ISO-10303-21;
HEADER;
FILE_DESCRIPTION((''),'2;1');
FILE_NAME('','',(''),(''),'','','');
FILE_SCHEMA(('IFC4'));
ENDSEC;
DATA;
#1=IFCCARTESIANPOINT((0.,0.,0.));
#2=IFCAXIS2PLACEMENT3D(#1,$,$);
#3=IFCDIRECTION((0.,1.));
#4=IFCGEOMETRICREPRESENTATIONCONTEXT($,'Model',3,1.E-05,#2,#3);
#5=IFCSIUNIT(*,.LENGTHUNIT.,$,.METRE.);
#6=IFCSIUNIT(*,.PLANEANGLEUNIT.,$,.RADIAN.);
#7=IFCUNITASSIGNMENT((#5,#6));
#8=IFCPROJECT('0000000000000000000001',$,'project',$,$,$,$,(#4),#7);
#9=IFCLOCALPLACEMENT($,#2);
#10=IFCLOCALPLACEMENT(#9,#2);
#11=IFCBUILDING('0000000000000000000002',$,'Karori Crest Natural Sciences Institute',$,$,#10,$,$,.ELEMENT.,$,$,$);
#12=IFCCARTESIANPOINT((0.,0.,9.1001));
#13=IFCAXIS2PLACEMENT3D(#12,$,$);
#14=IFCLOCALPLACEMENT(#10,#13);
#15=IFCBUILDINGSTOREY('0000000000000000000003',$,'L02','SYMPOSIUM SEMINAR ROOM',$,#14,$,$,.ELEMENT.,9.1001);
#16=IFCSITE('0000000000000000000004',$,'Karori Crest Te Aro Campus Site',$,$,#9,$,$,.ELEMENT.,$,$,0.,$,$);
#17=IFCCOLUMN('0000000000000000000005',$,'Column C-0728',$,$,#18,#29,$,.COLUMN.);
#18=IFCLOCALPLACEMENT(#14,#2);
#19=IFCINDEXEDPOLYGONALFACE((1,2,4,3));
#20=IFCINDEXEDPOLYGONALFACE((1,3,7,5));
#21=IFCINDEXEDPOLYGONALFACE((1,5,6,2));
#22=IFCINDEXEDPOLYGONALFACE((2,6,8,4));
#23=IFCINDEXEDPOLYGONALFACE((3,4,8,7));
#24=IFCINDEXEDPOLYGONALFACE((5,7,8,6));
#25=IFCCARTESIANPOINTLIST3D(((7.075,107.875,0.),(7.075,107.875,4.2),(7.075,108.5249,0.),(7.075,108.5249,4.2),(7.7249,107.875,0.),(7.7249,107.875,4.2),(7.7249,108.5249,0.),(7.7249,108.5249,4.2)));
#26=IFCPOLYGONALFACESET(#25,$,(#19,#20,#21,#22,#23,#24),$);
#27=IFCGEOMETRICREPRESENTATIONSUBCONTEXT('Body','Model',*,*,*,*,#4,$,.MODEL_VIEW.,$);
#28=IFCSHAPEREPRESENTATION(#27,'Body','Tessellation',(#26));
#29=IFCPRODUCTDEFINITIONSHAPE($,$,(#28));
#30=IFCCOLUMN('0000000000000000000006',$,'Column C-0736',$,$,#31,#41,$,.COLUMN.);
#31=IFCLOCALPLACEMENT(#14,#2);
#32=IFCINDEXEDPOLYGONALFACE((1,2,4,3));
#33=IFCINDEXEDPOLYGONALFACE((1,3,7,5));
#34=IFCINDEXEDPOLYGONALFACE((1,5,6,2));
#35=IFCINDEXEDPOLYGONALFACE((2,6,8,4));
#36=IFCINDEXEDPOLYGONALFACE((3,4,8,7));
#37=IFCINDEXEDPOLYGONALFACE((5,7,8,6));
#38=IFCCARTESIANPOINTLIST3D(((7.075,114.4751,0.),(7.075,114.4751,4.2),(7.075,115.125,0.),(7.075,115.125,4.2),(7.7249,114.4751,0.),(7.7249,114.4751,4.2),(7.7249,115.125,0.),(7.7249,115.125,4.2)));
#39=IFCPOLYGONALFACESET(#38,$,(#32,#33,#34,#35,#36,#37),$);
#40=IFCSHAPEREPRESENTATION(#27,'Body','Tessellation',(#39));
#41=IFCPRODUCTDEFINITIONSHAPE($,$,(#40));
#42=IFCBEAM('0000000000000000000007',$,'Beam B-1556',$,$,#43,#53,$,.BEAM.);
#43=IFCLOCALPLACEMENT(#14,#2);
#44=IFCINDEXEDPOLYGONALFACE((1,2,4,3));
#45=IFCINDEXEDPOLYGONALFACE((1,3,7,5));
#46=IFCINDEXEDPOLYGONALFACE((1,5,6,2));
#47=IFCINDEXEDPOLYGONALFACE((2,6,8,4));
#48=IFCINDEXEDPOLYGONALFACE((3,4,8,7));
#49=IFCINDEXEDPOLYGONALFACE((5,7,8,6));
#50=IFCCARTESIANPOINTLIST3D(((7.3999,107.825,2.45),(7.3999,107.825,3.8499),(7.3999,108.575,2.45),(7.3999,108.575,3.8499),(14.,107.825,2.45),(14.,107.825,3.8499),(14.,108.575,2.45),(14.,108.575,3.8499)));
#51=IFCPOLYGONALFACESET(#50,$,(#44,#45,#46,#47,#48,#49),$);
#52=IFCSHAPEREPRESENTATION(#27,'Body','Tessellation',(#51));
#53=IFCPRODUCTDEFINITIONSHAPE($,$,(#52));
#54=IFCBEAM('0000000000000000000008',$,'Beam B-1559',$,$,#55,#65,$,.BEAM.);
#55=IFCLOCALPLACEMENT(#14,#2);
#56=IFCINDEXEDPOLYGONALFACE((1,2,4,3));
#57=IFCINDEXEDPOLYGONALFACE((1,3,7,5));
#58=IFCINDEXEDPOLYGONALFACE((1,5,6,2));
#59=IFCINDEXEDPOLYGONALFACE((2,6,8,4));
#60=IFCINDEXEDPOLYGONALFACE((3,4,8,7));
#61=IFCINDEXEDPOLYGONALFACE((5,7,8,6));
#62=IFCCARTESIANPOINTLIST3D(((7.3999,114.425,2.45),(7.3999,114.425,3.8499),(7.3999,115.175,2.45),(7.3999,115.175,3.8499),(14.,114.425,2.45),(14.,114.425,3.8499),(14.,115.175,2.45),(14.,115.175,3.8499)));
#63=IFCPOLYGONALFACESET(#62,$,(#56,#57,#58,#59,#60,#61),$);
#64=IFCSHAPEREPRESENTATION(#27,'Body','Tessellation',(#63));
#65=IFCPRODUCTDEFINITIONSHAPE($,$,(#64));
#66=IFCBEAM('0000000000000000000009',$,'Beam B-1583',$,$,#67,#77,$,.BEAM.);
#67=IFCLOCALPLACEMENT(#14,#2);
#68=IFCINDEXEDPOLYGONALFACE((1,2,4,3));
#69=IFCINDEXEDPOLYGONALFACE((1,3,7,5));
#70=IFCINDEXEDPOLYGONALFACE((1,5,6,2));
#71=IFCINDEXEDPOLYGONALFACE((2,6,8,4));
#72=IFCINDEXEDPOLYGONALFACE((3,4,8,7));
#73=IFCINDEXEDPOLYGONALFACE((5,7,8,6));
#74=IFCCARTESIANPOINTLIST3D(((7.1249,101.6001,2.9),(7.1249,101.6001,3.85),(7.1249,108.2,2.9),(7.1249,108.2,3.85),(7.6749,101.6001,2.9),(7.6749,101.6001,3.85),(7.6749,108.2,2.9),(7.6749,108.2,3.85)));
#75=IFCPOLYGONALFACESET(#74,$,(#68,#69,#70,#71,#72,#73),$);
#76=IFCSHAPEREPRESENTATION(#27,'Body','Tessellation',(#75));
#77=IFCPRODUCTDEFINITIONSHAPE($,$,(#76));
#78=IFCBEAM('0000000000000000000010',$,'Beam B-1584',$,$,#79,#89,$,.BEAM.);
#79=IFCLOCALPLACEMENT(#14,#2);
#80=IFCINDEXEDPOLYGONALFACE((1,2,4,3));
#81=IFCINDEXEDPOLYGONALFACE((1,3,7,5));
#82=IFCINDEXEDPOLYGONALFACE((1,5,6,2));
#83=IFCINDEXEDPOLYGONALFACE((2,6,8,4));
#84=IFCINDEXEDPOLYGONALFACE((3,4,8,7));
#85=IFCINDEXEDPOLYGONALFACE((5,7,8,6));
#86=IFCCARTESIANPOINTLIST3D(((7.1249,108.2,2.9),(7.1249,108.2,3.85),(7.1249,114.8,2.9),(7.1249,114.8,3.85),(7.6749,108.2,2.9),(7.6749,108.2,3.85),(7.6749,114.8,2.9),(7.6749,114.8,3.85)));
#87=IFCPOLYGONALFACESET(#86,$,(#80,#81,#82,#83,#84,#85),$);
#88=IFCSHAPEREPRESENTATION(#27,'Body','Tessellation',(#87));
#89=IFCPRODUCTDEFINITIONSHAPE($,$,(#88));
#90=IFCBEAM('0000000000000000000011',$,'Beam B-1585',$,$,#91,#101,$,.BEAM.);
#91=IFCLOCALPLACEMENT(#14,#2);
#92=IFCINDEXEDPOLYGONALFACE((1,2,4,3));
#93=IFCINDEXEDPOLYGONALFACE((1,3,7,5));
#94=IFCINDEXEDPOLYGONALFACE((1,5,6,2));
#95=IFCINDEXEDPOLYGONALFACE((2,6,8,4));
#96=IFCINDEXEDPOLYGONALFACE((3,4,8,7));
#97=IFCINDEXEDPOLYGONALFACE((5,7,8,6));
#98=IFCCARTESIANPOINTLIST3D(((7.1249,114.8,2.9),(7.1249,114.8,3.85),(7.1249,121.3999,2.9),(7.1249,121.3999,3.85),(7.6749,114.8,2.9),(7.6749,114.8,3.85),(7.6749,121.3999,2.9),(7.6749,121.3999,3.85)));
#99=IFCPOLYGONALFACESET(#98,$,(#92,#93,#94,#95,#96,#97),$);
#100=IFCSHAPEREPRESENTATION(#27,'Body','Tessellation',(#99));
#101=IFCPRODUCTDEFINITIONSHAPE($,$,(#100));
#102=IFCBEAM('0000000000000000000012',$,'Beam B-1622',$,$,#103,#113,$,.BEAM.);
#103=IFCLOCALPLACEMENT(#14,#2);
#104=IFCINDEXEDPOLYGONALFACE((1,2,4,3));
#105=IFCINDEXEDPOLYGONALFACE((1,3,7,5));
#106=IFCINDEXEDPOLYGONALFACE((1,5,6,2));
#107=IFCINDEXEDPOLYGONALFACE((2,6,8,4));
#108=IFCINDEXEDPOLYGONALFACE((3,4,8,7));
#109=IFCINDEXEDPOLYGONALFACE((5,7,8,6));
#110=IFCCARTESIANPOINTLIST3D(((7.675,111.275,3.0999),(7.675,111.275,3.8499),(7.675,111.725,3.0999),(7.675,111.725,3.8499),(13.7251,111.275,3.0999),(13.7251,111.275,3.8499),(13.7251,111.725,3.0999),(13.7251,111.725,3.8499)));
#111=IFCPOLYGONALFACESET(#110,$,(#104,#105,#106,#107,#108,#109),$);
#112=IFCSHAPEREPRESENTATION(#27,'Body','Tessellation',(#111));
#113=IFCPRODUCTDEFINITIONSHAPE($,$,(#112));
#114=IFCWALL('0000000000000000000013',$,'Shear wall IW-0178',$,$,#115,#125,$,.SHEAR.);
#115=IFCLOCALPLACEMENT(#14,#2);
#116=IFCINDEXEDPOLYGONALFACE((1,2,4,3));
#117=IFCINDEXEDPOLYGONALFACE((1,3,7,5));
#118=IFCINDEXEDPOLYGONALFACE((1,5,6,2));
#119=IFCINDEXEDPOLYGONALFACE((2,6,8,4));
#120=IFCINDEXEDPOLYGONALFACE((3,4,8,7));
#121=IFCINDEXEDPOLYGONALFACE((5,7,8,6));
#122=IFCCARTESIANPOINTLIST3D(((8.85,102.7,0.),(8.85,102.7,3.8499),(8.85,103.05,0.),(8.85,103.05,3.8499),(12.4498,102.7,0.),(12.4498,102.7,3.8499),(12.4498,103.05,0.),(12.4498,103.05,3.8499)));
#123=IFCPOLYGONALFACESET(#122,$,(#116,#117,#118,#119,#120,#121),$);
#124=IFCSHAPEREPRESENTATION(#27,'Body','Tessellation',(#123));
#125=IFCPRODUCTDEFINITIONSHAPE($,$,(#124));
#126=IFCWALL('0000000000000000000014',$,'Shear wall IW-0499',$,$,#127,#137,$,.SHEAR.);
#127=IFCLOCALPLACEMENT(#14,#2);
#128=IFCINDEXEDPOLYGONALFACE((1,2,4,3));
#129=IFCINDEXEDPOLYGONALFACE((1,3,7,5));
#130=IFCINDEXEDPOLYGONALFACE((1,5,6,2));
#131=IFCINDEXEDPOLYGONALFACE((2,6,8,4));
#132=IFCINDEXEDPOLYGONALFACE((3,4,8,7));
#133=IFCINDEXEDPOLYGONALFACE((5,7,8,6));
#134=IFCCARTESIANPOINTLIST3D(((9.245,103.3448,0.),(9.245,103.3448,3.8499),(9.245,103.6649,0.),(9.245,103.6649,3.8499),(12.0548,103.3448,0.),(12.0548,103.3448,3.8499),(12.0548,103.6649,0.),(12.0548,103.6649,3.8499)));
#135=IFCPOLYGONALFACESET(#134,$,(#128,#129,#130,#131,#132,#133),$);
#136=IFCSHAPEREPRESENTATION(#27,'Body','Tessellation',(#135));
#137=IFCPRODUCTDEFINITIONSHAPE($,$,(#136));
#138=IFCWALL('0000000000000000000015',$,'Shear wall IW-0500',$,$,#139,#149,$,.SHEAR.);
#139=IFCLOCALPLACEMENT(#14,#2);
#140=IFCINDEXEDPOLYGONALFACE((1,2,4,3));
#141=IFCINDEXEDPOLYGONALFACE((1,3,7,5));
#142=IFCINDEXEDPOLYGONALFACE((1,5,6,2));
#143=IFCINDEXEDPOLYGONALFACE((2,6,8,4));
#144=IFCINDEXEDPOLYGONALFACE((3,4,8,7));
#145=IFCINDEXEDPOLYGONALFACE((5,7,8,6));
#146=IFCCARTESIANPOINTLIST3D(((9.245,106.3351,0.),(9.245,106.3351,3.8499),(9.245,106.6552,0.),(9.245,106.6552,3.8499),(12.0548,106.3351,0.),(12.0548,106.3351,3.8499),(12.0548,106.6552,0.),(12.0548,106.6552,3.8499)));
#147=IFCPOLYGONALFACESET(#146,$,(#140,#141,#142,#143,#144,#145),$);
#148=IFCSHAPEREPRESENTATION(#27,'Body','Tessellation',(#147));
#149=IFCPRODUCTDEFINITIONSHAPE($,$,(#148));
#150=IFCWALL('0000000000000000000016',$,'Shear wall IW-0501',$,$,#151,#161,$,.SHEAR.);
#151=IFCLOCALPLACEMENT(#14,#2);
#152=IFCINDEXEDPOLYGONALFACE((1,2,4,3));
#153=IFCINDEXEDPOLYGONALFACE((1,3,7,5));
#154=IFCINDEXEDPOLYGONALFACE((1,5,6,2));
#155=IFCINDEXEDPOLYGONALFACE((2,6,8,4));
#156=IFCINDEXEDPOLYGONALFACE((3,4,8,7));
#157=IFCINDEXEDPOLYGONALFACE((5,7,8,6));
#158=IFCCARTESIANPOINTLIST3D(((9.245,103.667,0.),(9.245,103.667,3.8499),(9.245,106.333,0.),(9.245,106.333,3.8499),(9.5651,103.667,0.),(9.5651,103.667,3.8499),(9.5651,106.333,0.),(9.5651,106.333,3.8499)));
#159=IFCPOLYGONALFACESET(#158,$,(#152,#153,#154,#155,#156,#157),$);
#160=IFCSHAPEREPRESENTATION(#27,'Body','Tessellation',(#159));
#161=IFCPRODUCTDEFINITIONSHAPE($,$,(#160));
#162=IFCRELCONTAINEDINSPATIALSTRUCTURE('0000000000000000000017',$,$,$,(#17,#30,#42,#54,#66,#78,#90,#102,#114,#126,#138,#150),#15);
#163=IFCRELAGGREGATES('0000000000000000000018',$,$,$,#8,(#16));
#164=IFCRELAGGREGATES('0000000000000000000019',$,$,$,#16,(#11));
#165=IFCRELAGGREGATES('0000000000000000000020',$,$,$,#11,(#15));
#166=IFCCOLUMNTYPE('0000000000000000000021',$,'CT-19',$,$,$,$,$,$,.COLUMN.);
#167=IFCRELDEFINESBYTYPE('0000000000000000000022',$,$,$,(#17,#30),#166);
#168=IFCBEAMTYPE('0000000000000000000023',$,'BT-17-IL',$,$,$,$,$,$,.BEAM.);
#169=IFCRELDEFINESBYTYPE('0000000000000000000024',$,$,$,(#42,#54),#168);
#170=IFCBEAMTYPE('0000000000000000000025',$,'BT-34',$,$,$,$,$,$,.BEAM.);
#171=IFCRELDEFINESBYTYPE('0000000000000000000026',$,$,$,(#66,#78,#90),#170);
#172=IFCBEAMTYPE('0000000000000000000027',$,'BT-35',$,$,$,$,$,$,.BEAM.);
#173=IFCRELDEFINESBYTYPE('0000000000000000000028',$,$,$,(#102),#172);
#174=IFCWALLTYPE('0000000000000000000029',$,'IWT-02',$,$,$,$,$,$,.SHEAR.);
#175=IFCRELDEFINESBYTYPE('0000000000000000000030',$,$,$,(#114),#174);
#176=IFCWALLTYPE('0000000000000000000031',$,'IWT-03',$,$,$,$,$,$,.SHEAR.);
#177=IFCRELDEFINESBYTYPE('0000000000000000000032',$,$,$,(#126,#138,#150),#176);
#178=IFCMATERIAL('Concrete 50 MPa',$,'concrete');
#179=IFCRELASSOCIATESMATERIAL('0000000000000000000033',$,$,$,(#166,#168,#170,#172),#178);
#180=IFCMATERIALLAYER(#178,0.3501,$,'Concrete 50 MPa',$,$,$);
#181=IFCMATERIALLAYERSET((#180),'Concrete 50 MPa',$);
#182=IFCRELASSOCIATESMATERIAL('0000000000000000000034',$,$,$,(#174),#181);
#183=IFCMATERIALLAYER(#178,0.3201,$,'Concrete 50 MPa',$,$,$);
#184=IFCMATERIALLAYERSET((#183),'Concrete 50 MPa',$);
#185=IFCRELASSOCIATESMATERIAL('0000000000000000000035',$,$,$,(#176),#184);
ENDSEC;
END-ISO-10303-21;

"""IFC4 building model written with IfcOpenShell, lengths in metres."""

from ifc_helpers import new_model, si_unit, direction, frame, frame_2d, origin, origin_2d, place, context, subcontext, project, spatial, rectangle, extrude, material, layer, layer_set, material_profile, profile_set, type_object, element, save


model = new_model("IFC4")

# Units and contexts
model_context = context("Model", 3, precision=1e-05, world=origin(), true_north=direction((0.0, 1.0)))
body_context = subcontext(model_context, "Body", "Model", "MODEL_VIEW")
ifc_project = project(units=[si_unit("LENGTHUNIT", "METRE"), si_unit("PLANEANGLEUNIT", "RADIAN")], contexts=[model_context])

# Site, building, storey
site_placement = place(None, origin())
site = spatial("IfcSite", under=ifc_project, at=site_placement, Name="Karori Crest Te Aro Campus Site", CompositionType="ELEMENT", RefElevation=0.0)
building_placement = place(site_placement, origin())
building = spatial("IfcBuilding", under=site, at=building_placement, Name="Karori Crest Natural Sciences Institute", CompositionType="ELEMENT")
storey_placement = place(building_placement, frame((0.0, 0.0, 9.1001)))
storey = spatial("IfcBuildingStorey", under=building, at=storey_placement, Name="L02", Description="SYMPOSIUM SEMINAR ROOM", CompositionType="ELEMENT", Elevation=9.1001)

# Columns
ifc_material_1 = material(Name="Concrete 50 MPa", Category="concrete")
ifc_material_profile_1 = material_profile(ifc_material_1, rectangle(XDim=0.6499, YDim=0.6499, at=origin_2d()), Name="RC650x650")
ifc_profile_set_1 = profile_set([ifc_material_profile_1], Name="Concrete 50 MPa")
column_type = type_object("IfcColumnType", Name="CT-19", PredefinedType="COLUMN", material=ifc_profile_set_1)
for number, where, z_axis, x_axis, name in (
    (1, (7.3999, 108.2, 0.0), (0.0, 0.0, 1.0), (1.0, 0.0, 0.0), "Column C-0728"),
    (2, (7.3999, 114.8, 0.0), (0.0, 0.0, 1.0), (1.0, 0.0, 0.0), "Column C-0736"),
):
    element("IfcColumn", number, at=place(storey_placement, frame(where, z_axis=z_axis, x_axis=x_axis)), inside=storey, type_object=column_type, Name=name, PredefinedType="COLUMN", context=body_context, shape_type="SweptSolid", body=[
        extrude(rectangle(XDim=0.6499, YDim=0.6499, at=origin_2d()), origin(), (0.0, 0.0, 1.0), 4.2),
    ])

# Beams
ifc_material_profile_2 = material_profile(ifc_material_1, rectangle(XDim=0.75, YDim=1.3999, at=origin_2d()), Name="RCB750x1400")
ifc_profile_set_2 = profile_set([ifc_material_profile_2], Name="Concrete 50 MPa")
beam_type_1 = type_object("IfcBeamType", Name="BT-17-IL", PredefinedType="BEAM", material=ifc_profile_set_2)
for number, where, z_axis, x_axis, name in (
    (3, (7.3999, 108.2, 3.1499), (1.0, 0.0, 0.0), (0.0, 1.0, 0.0), "Beam B-1556"),
    (4, (7.3999, 114.8, 3.1499), (1.0, 0.0, 0.0), (0.0, 1.0, 0.0), "Beam B-1559"),
):
    element("IfcBeam", number, at=place(storey_placement, frame(where, z_axis=z_axis, x_axis=x_axis)), inside=storey, type_object=beam_type_1, Name=name, PredefinedType="BEAM", context=body_context, shape_type="SweptSolid", body=[
        extrude(rectangle(XDim=0.75, YDim=1.3999, at=origin_2d()), origin(), (0.0, 0.0, 1.0), 6.6001),
    ])
ifc_material_profile_3 = material_profile(ifc_material_1, rectangle(XDim=0.55, YDim=0.95, at=origin_2d()), Name="RCB550x950")
ifc_profile_set_3 = profile_set([ifc_material_profile_3], Name="Concrete 50 MPa")
beam_type_2 = type_object("IfcBeamType", Name="BT-34", PredefinedType="BEAM", material=ifc_profile_set_3)
beam_1_placement = place(storey_placement, frame((7.3999, 101.6001, 3.375), z_axis=(0.0, 1.0, 0.0), x_axis=(-1.0, 0.0, 0.0)))
element("IfcBeam", 5, at=beam_1_placement, inside=storey, type_object=beam_type_2, Name="Beam B-1583", PredefinedType="BEAM", context=body_context, shape_type="SweptSolid", body=[
    extrude(rectangle(XDim=0.55, YDim=0.95, at=origin_2d()), origin(), (0.0, 0.0, 1.0), 6.5999),
])
beam_2_placement = place(storey_placement, frame((7.3999, 108.2, 3.375), z_axis=(0.0, 1.0, 0.0), x_axis=(-1.0, 0.0, 0.0)))
element("IfcBeam", 6, at=beam_2_placement, inside=storey, type_object=beam_type_2, Name="Beam B-1584", PredefinedType="BEAM", context=body_context, shape_type="SweptSolid", body=[
    extrude(rectangle(XDim=0.55, YDim=0.95, at=origin_2d()), origin(), (0.0, 0.0, 1.0), 6.6001),
])
beam_3_placement = place(storey_placement, frame((7.3999, 114.8, 3.375), z_axis=(0.0, 1.0, 0.0), x_axis=(-1.0, 0.0, 0.0)))
element("IfcBeam", 7, at=beam_3_placement, inside=storey, type_object=beam_type_2, Name="Beam B-1585", PredefinedType="BEAM", context=body_context, shape_type="SweptSolid", body=[
    extrude(rectangle(XDim=0.55, YDim=0.95, at=origin_2d()), origin(), (0.0, 0.0, 1.0), 6.5999),
])
ifc_material_profile_4 = material_profile(ifc_material_1, rectangle(XDim=0.45, YDim=0.75, at=origin_2d()), Name="RCB450x750")
ifc_profile_set_4 = profile_set([ifc_material_profile_4], Name="Concrete 50 MPa")
beam_type_3 = type_object("IfcBeamType", Name="BT-35", PredefinedType="BEAM", material=ifc_profile_set_4)
beam_4_placement = place(storey_placement, frame((7.675, 111.5, 3.4749), z_axis=(1.0, 0.0, 0.0), x_axis=(0.0, 1.0, 0.0)))
element("IfcBeam", 8, at=beam_4_placement, inside=storey, type_object=beam_type_3, Name="Beam B-1622", PredefinedType="BEAM", context=body_context, shape_type="SweptSolid", body=[
    extrude(rectangle(XDim=0.45, YDim=0.75, at=origin_2d()), origin(), (0.0, 0.0, 1.0), 6.05),
])

# Walls
ifc_layer_1 = layer(ifc_material_1, 0.3501, Name="Concrete 50 MPa")
ifc_layer_set_1 = layer_set([ifc_layer_1], Name="Concrete 50 MPa")
wall_type_1 = type_object("IfcWallType", Name="IWT-02", PredefinedType="SHEAR", material=ifc_layer_set_1)
wall_1_placement = place(storey_placement, frame((8.8501, 102.875, 0.0), z_axis=(0.0, 0.0, 1.0), x_axis=(1.0, 0.0, 0.0)))
element("IfcWall", 9, at=wall_1_placement, inside=storey, type_object=wall_type_1, Name="Shear wall IW-0178", PredefinedType="SHEAR", context=body_context, shape_type="SweptSolid", body=[
    extrude(rectangle(XDim=3.5999, YDim=0.3501, at=frame_2d((1.7998, 0.0))), origin(), (0.0, 0.0, 1.0), 3.8499),
])
ifc_layer_2 = layer(ifc_material_1, 0.3201, Name="Concrete 50 MPa")
ifc_layer_set_2 = layer_set([ifc_layer_2], Name="Concrete 50 MPa")
wall_type_2 = type_object("IfcWallType", Name="IWT-03", PredefinedType="SHEAR", material=ifc_layer_set_2)
for number, where, z_axis, x_axis, name in (
    (10, (9.2451, 103.5049, 0.0), (0.0, 0.0, 1.0), (1.0, 0.0, 0.0), "Shear wall IW-0499"),
    (11, (9.2451, 106.4951, 0.0), (0.0, 0.0, 1.0), (1.0, 0.0, 0.0), "Shear wall IW-0500"),
):
    element("IfcWall", number, at=place(storey_placement, frame(where, z_axis=z_axis, x_axis=x_axis)), inside=storey, type_object=wall_type_2, Name=name, PredefinedType="SHEAR", context=body_context, shape_type="SweptSolid", body=[
        extrude(rectangle(XDim=2.8098, YDim=0.3201, at=frame_2d((1.4048, 0.0))), origin(), (0.0, 0.0, 1.0), 3.8499),
    ])
wall_2_placement = place(storey_placement, frame((9.405, 103.667, 0.0), z_axis=(0.0, 0.0, 1.0), x_axis=(0.0, 1.0, 0.0)))
element("IfcWall", 12, at=wall_2_placement, inside=storey, type_object=wall_type_2, Name="Shear wall IW-0501", PredefinedType="SHEAR", context=body_context, shape_type="SweptSolid", body=[
    extrude(rectangle(XDim=2.666, YDim=0.3201, at=frame_2d((1.333, 0.0))), origin(), (0.0, 0.0, 1.0), 3.8499),
])

save(model, "model.ifc")
